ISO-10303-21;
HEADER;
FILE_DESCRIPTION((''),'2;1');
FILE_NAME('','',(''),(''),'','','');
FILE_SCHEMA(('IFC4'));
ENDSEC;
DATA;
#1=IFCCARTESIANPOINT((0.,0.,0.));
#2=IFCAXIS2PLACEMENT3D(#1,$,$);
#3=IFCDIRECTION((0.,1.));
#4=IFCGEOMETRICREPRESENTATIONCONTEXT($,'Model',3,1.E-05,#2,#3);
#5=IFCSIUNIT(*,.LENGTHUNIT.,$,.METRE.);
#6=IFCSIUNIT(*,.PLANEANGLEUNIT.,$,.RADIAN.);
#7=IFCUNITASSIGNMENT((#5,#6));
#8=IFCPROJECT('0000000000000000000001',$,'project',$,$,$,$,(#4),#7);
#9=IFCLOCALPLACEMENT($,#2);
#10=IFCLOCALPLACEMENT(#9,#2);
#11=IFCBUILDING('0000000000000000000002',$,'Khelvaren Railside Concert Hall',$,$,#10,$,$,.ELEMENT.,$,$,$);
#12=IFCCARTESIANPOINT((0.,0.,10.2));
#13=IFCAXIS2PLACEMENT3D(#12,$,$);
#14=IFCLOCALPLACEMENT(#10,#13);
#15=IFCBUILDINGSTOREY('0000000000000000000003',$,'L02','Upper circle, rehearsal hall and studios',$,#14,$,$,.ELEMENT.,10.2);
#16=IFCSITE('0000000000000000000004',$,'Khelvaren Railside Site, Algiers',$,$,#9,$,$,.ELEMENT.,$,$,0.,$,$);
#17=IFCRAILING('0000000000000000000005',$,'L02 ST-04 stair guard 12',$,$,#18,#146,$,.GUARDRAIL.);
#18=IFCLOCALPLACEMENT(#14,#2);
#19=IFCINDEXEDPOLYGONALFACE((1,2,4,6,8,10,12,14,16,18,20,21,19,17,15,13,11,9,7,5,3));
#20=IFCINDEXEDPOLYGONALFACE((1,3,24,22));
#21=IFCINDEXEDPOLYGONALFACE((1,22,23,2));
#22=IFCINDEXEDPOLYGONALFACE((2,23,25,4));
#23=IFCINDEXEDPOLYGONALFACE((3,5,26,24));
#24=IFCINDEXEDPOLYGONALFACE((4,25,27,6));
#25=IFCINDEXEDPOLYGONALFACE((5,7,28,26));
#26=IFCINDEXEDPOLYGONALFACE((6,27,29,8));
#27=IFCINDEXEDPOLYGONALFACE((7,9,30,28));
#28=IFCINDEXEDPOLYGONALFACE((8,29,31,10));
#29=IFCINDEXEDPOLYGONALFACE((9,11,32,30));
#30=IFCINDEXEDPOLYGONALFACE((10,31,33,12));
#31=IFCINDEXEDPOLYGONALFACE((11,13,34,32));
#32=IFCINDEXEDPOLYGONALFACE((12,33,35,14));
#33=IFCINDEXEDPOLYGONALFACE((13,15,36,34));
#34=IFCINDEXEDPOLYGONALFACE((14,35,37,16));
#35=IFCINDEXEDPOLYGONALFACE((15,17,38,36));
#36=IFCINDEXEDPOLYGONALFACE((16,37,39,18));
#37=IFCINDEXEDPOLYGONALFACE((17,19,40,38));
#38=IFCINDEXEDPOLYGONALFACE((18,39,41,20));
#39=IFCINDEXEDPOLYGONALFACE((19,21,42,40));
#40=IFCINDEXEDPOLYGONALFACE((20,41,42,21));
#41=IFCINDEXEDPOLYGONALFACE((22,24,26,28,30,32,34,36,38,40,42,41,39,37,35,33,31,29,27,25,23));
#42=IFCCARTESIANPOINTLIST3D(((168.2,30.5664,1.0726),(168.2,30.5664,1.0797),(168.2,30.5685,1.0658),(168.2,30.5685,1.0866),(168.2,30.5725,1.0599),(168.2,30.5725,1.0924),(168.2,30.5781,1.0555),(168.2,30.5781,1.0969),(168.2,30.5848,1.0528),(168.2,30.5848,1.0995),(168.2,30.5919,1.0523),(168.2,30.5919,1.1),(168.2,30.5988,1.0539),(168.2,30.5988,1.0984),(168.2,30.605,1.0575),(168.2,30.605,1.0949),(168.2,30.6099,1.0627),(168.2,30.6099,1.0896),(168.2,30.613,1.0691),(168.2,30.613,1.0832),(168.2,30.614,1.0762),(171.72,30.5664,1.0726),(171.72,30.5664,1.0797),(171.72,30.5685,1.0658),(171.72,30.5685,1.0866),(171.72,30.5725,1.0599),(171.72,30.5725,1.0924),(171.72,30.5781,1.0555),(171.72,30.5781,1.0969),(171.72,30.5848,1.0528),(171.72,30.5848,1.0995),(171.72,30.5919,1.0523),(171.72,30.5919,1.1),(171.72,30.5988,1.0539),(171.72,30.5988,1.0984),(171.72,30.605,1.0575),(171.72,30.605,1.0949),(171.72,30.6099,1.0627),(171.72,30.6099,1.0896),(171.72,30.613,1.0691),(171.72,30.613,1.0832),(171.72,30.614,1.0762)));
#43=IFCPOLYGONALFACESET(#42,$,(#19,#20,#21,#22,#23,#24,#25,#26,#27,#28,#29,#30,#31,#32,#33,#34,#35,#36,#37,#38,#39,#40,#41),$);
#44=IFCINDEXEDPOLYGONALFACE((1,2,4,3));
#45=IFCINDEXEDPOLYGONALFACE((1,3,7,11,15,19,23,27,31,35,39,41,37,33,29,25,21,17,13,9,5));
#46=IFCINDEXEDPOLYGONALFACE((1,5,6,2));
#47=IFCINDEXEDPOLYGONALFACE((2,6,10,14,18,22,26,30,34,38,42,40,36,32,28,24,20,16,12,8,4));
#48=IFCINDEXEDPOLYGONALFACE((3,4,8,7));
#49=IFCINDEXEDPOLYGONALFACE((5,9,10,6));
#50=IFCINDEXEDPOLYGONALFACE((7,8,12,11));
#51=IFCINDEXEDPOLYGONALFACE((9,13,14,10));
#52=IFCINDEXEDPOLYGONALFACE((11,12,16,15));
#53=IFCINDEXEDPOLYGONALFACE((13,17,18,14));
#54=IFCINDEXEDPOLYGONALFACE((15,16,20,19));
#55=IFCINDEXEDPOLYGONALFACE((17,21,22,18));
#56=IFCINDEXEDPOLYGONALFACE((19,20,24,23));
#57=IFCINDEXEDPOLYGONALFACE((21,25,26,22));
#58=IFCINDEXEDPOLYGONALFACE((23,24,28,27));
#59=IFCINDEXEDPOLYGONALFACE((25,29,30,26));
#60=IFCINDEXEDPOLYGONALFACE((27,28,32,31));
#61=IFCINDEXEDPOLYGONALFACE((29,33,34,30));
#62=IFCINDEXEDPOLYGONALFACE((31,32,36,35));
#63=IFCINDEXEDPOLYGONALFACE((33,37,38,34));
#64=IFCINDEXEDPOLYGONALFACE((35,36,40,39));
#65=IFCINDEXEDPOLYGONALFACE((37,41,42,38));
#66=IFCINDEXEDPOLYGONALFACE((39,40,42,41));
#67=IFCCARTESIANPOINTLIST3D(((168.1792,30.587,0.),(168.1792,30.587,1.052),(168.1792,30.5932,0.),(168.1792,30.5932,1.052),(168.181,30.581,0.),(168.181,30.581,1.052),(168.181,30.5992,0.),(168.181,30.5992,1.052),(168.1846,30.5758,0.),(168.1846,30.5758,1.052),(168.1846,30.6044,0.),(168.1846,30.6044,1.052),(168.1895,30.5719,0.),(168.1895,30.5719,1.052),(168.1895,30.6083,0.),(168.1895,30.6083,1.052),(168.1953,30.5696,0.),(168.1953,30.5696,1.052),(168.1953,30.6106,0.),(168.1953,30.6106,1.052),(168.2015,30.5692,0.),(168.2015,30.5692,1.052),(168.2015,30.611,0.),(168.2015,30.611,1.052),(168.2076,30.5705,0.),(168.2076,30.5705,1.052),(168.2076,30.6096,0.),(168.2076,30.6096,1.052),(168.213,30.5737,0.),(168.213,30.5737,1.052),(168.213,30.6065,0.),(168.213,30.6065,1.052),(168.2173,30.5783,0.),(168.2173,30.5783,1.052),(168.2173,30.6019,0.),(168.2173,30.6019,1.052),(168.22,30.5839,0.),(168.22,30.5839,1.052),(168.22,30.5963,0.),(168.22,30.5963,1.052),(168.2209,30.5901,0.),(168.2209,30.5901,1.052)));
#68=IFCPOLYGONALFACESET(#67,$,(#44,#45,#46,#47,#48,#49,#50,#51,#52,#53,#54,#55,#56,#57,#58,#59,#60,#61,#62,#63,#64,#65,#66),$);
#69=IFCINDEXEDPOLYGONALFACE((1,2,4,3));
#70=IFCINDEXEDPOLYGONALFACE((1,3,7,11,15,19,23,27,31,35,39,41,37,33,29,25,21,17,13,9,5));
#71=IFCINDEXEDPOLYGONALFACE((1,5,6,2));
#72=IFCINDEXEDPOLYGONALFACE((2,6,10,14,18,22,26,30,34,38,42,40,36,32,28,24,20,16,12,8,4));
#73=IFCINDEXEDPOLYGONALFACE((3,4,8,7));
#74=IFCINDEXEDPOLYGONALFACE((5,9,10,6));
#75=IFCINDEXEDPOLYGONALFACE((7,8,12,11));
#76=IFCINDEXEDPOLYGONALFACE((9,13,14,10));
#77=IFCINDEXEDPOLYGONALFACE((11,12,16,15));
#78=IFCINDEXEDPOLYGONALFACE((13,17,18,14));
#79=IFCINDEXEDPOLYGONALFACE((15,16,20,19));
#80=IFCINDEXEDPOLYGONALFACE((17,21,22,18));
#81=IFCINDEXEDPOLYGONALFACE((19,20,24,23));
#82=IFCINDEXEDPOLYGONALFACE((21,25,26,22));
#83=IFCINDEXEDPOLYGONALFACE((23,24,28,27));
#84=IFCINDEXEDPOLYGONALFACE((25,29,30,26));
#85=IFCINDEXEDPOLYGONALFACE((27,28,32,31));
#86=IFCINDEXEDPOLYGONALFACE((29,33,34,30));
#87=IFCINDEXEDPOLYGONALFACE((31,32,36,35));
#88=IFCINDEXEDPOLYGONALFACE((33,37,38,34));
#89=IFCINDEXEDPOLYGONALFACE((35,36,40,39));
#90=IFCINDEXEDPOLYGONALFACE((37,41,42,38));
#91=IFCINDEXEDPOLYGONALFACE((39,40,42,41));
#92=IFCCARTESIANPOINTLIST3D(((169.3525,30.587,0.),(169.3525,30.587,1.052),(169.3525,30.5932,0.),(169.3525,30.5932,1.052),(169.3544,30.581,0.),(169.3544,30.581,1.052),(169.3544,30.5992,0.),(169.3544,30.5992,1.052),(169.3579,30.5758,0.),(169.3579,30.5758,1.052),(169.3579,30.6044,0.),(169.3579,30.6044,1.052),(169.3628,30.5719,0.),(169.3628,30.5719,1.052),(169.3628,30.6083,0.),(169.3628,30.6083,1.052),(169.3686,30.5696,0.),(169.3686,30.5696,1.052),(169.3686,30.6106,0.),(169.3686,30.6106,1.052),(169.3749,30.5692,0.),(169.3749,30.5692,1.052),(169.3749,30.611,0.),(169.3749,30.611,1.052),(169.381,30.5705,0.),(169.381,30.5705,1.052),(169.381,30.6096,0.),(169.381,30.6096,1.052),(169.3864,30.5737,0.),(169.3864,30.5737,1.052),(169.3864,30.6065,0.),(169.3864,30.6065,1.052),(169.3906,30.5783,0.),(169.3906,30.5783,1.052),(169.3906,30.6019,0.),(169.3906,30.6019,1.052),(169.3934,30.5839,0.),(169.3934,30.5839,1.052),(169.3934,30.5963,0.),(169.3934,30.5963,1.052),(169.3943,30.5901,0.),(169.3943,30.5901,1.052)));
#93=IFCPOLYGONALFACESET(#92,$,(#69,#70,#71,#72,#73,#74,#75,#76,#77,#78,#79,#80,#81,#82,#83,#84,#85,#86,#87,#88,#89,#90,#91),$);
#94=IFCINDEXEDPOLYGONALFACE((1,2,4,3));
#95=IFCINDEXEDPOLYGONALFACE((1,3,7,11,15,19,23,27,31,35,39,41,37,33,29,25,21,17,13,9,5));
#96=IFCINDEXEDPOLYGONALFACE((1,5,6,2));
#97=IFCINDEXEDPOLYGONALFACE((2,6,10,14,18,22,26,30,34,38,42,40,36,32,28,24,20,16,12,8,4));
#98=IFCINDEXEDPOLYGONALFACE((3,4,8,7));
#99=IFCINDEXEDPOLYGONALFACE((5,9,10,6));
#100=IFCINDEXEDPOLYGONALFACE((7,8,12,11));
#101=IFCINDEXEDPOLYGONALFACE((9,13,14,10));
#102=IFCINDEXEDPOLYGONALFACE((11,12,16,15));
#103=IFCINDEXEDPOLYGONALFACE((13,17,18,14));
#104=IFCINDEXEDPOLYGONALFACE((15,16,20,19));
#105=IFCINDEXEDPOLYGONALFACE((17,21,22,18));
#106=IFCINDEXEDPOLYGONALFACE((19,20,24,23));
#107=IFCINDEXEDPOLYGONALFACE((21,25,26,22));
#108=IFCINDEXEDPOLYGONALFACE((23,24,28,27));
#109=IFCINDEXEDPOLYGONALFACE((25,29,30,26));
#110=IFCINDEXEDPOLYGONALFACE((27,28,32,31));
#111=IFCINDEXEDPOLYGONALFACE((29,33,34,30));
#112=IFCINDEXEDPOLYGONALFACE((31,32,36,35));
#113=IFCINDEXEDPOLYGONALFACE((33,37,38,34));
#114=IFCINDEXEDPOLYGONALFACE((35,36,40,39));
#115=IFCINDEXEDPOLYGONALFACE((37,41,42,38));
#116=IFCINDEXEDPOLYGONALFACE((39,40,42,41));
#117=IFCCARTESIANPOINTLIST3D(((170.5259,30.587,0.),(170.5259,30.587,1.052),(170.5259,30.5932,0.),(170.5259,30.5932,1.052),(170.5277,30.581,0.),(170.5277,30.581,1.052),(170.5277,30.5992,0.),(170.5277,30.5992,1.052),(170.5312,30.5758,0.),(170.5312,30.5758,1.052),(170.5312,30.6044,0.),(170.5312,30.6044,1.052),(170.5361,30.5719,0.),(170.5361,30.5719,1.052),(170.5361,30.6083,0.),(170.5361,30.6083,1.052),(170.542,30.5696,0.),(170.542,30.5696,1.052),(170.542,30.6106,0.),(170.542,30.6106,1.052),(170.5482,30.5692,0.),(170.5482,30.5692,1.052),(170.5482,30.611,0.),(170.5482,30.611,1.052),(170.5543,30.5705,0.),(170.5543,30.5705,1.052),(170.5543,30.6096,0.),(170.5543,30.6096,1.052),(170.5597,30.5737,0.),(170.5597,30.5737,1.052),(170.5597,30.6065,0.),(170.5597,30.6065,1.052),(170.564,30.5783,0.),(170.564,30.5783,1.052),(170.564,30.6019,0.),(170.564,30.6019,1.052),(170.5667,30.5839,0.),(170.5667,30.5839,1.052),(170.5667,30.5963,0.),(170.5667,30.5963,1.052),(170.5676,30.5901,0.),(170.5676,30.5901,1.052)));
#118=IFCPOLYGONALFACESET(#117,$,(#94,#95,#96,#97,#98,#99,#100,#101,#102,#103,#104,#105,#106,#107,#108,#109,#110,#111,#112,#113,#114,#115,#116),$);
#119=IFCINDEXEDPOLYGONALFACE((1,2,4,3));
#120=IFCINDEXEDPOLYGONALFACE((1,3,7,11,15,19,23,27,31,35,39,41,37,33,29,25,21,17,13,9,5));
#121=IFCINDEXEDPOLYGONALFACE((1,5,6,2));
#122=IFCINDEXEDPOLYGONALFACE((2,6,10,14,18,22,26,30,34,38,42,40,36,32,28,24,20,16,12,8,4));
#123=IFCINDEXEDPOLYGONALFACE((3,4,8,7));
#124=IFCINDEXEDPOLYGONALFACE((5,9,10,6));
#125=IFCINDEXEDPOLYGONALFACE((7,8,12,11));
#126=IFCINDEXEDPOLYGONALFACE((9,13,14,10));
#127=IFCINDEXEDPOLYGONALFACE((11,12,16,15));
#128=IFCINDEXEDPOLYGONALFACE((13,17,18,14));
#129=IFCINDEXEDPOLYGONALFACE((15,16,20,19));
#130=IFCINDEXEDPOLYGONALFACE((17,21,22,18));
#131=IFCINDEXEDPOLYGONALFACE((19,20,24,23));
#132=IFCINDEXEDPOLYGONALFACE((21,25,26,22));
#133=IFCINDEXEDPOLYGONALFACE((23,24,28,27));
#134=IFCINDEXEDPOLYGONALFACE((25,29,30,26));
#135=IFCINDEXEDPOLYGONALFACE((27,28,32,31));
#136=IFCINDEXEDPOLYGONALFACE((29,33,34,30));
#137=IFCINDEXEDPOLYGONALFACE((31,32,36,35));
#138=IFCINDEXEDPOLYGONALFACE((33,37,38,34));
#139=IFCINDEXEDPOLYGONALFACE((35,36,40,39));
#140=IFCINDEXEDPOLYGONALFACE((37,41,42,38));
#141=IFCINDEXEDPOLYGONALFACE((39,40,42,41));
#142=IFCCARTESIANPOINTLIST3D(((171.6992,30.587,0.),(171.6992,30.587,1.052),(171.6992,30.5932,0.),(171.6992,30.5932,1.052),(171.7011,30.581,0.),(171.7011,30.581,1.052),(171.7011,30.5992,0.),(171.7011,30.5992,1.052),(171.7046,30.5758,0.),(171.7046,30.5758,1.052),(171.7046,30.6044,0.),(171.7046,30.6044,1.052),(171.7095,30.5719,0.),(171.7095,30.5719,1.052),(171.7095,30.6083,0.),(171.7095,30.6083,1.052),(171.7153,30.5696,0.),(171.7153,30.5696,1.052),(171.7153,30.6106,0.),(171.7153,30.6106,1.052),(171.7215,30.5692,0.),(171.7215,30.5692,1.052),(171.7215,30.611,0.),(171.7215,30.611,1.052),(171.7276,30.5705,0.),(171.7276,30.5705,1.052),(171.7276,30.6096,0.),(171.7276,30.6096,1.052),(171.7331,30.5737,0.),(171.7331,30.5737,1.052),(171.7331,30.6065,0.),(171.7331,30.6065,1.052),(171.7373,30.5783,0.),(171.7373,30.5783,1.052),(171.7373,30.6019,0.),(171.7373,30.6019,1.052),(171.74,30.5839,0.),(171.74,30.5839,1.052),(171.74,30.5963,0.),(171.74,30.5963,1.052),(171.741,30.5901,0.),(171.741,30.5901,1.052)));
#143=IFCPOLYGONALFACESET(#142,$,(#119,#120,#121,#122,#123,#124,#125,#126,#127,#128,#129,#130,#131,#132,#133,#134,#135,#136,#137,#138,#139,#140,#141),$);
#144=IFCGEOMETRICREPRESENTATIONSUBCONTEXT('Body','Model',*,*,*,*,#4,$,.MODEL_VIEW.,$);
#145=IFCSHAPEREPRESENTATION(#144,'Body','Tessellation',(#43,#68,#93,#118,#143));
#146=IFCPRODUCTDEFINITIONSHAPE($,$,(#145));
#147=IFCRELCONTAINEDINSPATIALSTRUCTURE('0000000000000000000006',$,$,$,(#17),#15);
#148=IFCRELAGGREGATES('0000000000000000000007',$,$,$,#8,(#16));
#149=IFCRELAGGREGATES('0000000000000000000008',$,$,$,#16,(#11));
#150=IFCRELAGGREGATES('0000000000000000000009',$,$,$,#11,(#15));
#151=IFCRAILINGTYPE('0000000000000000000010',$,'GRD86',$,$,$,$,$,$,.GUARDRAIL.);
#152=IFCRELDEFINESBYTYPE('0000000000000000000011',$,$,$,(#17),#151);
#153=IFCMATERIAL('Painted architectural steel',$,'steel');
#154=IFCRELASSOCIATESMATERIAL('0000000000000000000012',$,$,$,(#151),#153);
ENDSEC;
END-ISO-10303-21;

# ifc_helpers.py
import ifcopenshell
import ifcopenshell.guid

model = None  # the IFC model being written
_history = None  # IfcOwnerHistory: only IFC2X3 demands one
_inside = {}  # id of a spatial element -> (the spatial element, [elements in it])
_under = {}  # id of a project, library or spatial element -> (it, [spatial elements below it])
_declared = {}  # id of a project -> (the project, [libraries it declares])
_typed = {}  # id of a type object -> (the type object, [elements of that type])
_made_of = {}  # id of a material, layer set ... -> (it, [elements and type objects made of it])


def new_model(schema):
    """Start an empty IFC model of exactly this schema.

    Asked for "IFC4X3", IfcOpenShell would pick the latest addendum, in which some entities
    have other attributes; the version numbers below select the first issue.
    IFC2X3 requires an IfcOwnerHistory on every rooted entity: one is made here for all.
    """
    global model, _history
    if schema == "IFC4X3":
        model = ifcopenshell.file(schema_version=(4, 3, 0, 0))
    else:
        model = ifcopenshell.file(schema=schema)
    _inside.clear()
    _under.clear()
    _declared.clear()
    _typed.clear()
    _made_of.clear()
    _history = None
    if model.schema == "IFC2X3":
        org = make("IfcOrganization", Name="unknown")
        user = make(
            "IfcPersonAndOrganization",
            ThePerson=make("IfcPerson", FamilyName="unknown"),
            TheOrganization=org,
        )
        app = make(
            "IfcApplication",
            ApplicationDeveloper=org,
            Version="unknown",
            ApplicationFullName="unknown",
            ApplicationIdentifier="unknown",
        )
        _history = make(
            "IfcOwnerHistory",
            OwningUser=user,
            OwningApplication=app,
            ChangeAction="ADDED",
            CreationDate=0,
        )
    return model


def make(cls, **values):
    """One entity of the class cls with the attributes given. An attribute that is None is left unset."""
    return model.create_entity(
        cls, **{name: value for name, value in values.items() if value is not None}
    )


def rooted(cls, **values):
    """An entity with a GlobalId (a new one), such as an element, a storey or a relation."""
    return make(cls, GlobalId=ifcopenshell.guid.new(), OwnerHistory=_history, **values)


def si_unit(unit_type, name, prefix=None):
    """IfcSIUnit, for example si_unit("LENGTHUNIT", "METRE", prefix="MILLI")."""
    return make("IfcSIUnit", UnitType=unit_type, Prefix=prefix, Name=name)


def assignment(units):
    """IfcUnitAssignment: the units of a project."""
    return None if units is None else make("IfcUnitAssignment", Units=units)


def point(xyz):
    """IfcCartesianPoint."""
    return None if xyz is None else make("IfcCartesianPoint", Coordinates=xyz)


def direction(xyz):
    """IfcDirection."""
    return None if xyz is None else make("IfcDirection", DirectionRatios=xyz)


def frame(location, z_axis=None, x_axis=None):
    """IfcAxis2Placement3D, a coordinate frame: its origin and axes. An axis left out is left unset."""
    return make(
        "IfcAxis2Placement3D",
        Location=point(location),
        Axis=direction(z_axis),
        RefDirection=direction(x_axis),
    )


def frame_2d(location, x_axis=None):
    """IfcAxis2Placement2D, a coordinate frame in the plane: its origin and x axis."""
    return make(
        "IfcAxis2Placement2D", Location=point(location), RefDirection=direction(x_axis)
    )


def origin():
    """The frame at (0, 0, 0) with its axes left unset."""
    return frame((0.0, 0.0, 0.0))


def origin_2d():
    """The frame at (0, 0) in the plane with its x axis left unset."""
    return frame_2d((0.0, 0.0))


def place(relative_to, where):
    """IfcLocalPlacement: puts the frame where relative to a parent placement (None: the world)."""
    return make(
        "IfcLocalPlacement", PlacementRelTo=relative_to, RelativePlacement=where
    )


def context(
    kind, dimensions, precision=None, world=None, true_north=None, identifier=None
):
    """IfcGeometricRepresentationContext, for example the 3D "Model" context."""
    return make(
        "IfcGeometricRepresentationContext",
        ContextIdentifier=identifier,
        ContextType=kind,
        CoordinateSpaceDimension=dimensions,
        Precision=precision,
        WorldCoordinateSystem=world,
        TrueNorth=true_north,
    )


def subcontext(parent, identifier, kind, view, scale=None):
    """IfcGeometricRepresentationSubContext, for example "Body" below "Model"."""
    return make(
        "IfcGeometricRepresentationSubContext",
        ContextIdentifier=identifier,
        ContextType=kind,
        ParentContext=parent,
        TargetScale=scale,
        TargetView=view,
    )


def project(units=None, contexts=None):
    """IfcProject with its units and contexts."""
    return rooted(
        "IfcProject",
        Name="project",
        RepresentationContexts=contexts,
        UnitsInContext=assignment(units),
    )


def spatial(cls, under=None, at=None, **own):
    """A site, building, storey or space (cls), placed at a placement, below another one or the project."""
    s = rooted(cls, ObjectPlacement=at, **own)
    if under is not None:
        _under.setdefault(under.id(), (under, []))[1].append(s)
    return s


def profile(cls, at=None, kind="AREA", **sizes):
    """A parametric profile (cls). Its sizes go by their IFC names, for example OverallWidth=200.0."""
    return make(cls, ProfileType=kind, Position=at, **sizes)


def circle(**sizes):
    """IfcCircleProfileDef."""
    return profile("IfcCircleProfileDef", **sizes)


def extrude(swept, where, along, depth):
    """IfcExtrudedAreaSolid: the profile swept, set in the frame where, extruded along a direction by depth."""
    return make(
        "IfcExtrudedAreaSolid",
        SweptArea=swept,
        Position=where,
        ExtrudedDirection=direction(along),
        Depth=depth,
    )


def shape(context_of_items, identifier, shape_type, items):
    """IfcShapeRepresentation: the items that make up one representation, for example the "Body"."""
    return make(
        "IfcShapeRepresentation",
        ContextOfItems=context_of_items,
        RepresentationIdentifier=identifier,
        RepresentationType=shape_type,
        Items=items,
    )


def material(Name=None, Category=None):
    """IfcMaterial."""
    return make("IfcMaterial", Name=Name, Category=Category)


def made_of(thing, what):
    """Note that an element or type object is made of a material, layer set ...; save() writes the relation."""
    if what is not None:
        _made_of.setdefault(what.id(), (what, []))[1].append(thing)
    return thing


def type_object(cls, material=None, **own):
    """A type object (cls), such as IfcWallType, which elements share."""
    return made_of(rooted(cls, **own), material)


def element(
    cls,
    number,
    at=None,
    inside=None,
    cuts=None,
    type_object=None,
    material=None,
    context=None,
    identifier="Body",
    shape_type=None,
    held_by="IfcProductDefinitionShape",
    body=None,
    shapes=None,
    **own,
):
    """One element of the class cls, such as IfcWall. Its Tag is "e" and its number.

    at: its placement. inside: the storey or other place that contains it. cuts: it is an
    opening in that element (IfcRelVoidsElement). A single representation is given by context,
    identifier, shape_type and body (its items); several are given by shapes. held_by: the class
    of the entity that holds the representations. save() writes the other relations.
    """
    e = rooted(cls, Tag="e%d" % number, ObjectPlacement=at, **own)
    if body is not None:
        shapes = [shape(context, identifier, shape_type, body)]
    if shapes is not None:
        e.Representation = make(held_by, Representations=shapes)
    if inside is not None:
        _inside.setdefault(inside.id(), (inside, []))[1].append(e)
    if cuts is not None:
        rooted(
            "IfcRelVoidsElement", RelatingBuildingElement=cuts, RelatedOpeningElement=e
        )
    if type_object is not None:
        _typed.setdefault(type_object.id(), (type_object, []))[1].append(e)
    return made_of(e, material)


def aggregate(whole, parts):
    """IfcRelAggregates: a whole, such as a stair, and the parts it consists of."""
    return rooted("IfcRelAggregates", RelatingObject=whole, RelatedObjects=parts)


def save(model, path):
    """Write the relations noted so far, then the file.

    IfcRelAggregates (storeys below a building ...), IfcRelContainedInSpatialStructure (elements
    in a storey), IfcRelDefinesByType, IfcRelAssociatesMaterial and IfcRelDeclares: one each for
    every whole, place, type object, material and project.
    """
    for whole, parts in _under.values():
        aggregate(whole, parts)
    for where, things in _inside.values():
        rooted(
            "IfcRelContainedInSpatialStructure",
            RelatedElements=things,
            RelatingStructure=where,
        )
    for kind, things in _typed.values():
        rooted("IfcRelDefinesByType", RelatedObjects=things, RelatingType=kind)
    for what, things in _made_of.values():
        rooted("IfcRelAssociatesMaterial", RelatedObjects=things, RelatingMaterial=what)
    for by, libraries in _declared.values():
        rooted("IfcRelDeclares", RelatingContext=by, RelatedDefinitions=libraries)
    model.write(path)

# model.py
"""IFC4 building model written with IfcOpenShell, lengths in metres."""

from ifc_helpers import new_model, si_unit, direction, frame, origin, origin_2d, place, context, subcontext, project, spatial, circle, extrude, material, type_object, element, save


model = new_model("IFC4")

# Units and contexts
model_context = context("Model", 3, precision=1e-05, world=origin(), true_north=direction((0.0, 1.0)))
body_context = subcontext(model_context, "Body", "Model", "MODEL_VIEW")
ifc_project = project(units=[si_unit("LENGTHUNIT", "METRE"), si_unit("PLANEANGLEUNIT", "RADIAN")], contexts=[model_context])

# Site, building, storey
site_placement = place(None, origin())
site = spatial("IfcSite", under=ifc_project, at=site_placement, Name="Khelvaren Railside Site, Algiers", CompositionType="ELEMENT", RefElevation=0.0)
building_placement = place(site_placement, origin())
building = spatial("IfcBuilding", under=site, at=building_placement, Name="Khelvaren Railside Concert Hall", CompositionType="ELEMENT")
storey_placement = place(building_placement, frame((0.0, 0.0, 10.2)))
storey = spatial("IfcBuildingStorey", under=building, at=storey_placement, Name="L02", Description="Upper circle, rehearsal hall and studios", CompositionType="ELEMENT", Elevation=10.2)

# Railing
ifc_material_1 = material(Name="Painted architectural steel", Category="steel")
railing_type = type_object("IfcRailingType", Name="GRD86", PredefinedType="GUARDRAIL", material=ifc_material_1)
railing_1_placement = place(storey_placement, frame((168.2, 30.5901, 0.0)))
element("IfcRailing", 1, at=railing_1_placement, inside=storey, type_object=railing_type, Name="L02 ST-04 stair guard 12", PredefinedType="GUARDRAIL", context=body_context, shape_type="SweptSolid", body=[
    extrude(circle(Radius=0.0239, at=origin_2d()), frame((0.0, 0.0, 1.0762), z_axis=(1.0, 0.0, 0.0), x_axis=(0.0, 1.0, 0.0)), (0.0, 0.0, 1.0), 3.52),
    extrude(circle(Radius=0.021, at=origin_2d()), origin(), (0.0, 0.0, 1.0), 1.052),
    extrude(circle(Radius=0.021, at=origin_2d()), frame((1.1733, 0.0, 0.0)), (0.0, 0.0, 1.0), 1.052),
    extrude(circle(Radius=0.021, at=origin_2d()), frame((2.3467, 0.0, 0.0)), (0.0, 0.0, 1.0), 1.052),
    extrude(circle(Radius=0.021, at=origin_2d()), frame((3.52, 0.0, 0.0)), (0.0, 0.0, 1.0), 1.052),
])

save(model, "model.ifc")
